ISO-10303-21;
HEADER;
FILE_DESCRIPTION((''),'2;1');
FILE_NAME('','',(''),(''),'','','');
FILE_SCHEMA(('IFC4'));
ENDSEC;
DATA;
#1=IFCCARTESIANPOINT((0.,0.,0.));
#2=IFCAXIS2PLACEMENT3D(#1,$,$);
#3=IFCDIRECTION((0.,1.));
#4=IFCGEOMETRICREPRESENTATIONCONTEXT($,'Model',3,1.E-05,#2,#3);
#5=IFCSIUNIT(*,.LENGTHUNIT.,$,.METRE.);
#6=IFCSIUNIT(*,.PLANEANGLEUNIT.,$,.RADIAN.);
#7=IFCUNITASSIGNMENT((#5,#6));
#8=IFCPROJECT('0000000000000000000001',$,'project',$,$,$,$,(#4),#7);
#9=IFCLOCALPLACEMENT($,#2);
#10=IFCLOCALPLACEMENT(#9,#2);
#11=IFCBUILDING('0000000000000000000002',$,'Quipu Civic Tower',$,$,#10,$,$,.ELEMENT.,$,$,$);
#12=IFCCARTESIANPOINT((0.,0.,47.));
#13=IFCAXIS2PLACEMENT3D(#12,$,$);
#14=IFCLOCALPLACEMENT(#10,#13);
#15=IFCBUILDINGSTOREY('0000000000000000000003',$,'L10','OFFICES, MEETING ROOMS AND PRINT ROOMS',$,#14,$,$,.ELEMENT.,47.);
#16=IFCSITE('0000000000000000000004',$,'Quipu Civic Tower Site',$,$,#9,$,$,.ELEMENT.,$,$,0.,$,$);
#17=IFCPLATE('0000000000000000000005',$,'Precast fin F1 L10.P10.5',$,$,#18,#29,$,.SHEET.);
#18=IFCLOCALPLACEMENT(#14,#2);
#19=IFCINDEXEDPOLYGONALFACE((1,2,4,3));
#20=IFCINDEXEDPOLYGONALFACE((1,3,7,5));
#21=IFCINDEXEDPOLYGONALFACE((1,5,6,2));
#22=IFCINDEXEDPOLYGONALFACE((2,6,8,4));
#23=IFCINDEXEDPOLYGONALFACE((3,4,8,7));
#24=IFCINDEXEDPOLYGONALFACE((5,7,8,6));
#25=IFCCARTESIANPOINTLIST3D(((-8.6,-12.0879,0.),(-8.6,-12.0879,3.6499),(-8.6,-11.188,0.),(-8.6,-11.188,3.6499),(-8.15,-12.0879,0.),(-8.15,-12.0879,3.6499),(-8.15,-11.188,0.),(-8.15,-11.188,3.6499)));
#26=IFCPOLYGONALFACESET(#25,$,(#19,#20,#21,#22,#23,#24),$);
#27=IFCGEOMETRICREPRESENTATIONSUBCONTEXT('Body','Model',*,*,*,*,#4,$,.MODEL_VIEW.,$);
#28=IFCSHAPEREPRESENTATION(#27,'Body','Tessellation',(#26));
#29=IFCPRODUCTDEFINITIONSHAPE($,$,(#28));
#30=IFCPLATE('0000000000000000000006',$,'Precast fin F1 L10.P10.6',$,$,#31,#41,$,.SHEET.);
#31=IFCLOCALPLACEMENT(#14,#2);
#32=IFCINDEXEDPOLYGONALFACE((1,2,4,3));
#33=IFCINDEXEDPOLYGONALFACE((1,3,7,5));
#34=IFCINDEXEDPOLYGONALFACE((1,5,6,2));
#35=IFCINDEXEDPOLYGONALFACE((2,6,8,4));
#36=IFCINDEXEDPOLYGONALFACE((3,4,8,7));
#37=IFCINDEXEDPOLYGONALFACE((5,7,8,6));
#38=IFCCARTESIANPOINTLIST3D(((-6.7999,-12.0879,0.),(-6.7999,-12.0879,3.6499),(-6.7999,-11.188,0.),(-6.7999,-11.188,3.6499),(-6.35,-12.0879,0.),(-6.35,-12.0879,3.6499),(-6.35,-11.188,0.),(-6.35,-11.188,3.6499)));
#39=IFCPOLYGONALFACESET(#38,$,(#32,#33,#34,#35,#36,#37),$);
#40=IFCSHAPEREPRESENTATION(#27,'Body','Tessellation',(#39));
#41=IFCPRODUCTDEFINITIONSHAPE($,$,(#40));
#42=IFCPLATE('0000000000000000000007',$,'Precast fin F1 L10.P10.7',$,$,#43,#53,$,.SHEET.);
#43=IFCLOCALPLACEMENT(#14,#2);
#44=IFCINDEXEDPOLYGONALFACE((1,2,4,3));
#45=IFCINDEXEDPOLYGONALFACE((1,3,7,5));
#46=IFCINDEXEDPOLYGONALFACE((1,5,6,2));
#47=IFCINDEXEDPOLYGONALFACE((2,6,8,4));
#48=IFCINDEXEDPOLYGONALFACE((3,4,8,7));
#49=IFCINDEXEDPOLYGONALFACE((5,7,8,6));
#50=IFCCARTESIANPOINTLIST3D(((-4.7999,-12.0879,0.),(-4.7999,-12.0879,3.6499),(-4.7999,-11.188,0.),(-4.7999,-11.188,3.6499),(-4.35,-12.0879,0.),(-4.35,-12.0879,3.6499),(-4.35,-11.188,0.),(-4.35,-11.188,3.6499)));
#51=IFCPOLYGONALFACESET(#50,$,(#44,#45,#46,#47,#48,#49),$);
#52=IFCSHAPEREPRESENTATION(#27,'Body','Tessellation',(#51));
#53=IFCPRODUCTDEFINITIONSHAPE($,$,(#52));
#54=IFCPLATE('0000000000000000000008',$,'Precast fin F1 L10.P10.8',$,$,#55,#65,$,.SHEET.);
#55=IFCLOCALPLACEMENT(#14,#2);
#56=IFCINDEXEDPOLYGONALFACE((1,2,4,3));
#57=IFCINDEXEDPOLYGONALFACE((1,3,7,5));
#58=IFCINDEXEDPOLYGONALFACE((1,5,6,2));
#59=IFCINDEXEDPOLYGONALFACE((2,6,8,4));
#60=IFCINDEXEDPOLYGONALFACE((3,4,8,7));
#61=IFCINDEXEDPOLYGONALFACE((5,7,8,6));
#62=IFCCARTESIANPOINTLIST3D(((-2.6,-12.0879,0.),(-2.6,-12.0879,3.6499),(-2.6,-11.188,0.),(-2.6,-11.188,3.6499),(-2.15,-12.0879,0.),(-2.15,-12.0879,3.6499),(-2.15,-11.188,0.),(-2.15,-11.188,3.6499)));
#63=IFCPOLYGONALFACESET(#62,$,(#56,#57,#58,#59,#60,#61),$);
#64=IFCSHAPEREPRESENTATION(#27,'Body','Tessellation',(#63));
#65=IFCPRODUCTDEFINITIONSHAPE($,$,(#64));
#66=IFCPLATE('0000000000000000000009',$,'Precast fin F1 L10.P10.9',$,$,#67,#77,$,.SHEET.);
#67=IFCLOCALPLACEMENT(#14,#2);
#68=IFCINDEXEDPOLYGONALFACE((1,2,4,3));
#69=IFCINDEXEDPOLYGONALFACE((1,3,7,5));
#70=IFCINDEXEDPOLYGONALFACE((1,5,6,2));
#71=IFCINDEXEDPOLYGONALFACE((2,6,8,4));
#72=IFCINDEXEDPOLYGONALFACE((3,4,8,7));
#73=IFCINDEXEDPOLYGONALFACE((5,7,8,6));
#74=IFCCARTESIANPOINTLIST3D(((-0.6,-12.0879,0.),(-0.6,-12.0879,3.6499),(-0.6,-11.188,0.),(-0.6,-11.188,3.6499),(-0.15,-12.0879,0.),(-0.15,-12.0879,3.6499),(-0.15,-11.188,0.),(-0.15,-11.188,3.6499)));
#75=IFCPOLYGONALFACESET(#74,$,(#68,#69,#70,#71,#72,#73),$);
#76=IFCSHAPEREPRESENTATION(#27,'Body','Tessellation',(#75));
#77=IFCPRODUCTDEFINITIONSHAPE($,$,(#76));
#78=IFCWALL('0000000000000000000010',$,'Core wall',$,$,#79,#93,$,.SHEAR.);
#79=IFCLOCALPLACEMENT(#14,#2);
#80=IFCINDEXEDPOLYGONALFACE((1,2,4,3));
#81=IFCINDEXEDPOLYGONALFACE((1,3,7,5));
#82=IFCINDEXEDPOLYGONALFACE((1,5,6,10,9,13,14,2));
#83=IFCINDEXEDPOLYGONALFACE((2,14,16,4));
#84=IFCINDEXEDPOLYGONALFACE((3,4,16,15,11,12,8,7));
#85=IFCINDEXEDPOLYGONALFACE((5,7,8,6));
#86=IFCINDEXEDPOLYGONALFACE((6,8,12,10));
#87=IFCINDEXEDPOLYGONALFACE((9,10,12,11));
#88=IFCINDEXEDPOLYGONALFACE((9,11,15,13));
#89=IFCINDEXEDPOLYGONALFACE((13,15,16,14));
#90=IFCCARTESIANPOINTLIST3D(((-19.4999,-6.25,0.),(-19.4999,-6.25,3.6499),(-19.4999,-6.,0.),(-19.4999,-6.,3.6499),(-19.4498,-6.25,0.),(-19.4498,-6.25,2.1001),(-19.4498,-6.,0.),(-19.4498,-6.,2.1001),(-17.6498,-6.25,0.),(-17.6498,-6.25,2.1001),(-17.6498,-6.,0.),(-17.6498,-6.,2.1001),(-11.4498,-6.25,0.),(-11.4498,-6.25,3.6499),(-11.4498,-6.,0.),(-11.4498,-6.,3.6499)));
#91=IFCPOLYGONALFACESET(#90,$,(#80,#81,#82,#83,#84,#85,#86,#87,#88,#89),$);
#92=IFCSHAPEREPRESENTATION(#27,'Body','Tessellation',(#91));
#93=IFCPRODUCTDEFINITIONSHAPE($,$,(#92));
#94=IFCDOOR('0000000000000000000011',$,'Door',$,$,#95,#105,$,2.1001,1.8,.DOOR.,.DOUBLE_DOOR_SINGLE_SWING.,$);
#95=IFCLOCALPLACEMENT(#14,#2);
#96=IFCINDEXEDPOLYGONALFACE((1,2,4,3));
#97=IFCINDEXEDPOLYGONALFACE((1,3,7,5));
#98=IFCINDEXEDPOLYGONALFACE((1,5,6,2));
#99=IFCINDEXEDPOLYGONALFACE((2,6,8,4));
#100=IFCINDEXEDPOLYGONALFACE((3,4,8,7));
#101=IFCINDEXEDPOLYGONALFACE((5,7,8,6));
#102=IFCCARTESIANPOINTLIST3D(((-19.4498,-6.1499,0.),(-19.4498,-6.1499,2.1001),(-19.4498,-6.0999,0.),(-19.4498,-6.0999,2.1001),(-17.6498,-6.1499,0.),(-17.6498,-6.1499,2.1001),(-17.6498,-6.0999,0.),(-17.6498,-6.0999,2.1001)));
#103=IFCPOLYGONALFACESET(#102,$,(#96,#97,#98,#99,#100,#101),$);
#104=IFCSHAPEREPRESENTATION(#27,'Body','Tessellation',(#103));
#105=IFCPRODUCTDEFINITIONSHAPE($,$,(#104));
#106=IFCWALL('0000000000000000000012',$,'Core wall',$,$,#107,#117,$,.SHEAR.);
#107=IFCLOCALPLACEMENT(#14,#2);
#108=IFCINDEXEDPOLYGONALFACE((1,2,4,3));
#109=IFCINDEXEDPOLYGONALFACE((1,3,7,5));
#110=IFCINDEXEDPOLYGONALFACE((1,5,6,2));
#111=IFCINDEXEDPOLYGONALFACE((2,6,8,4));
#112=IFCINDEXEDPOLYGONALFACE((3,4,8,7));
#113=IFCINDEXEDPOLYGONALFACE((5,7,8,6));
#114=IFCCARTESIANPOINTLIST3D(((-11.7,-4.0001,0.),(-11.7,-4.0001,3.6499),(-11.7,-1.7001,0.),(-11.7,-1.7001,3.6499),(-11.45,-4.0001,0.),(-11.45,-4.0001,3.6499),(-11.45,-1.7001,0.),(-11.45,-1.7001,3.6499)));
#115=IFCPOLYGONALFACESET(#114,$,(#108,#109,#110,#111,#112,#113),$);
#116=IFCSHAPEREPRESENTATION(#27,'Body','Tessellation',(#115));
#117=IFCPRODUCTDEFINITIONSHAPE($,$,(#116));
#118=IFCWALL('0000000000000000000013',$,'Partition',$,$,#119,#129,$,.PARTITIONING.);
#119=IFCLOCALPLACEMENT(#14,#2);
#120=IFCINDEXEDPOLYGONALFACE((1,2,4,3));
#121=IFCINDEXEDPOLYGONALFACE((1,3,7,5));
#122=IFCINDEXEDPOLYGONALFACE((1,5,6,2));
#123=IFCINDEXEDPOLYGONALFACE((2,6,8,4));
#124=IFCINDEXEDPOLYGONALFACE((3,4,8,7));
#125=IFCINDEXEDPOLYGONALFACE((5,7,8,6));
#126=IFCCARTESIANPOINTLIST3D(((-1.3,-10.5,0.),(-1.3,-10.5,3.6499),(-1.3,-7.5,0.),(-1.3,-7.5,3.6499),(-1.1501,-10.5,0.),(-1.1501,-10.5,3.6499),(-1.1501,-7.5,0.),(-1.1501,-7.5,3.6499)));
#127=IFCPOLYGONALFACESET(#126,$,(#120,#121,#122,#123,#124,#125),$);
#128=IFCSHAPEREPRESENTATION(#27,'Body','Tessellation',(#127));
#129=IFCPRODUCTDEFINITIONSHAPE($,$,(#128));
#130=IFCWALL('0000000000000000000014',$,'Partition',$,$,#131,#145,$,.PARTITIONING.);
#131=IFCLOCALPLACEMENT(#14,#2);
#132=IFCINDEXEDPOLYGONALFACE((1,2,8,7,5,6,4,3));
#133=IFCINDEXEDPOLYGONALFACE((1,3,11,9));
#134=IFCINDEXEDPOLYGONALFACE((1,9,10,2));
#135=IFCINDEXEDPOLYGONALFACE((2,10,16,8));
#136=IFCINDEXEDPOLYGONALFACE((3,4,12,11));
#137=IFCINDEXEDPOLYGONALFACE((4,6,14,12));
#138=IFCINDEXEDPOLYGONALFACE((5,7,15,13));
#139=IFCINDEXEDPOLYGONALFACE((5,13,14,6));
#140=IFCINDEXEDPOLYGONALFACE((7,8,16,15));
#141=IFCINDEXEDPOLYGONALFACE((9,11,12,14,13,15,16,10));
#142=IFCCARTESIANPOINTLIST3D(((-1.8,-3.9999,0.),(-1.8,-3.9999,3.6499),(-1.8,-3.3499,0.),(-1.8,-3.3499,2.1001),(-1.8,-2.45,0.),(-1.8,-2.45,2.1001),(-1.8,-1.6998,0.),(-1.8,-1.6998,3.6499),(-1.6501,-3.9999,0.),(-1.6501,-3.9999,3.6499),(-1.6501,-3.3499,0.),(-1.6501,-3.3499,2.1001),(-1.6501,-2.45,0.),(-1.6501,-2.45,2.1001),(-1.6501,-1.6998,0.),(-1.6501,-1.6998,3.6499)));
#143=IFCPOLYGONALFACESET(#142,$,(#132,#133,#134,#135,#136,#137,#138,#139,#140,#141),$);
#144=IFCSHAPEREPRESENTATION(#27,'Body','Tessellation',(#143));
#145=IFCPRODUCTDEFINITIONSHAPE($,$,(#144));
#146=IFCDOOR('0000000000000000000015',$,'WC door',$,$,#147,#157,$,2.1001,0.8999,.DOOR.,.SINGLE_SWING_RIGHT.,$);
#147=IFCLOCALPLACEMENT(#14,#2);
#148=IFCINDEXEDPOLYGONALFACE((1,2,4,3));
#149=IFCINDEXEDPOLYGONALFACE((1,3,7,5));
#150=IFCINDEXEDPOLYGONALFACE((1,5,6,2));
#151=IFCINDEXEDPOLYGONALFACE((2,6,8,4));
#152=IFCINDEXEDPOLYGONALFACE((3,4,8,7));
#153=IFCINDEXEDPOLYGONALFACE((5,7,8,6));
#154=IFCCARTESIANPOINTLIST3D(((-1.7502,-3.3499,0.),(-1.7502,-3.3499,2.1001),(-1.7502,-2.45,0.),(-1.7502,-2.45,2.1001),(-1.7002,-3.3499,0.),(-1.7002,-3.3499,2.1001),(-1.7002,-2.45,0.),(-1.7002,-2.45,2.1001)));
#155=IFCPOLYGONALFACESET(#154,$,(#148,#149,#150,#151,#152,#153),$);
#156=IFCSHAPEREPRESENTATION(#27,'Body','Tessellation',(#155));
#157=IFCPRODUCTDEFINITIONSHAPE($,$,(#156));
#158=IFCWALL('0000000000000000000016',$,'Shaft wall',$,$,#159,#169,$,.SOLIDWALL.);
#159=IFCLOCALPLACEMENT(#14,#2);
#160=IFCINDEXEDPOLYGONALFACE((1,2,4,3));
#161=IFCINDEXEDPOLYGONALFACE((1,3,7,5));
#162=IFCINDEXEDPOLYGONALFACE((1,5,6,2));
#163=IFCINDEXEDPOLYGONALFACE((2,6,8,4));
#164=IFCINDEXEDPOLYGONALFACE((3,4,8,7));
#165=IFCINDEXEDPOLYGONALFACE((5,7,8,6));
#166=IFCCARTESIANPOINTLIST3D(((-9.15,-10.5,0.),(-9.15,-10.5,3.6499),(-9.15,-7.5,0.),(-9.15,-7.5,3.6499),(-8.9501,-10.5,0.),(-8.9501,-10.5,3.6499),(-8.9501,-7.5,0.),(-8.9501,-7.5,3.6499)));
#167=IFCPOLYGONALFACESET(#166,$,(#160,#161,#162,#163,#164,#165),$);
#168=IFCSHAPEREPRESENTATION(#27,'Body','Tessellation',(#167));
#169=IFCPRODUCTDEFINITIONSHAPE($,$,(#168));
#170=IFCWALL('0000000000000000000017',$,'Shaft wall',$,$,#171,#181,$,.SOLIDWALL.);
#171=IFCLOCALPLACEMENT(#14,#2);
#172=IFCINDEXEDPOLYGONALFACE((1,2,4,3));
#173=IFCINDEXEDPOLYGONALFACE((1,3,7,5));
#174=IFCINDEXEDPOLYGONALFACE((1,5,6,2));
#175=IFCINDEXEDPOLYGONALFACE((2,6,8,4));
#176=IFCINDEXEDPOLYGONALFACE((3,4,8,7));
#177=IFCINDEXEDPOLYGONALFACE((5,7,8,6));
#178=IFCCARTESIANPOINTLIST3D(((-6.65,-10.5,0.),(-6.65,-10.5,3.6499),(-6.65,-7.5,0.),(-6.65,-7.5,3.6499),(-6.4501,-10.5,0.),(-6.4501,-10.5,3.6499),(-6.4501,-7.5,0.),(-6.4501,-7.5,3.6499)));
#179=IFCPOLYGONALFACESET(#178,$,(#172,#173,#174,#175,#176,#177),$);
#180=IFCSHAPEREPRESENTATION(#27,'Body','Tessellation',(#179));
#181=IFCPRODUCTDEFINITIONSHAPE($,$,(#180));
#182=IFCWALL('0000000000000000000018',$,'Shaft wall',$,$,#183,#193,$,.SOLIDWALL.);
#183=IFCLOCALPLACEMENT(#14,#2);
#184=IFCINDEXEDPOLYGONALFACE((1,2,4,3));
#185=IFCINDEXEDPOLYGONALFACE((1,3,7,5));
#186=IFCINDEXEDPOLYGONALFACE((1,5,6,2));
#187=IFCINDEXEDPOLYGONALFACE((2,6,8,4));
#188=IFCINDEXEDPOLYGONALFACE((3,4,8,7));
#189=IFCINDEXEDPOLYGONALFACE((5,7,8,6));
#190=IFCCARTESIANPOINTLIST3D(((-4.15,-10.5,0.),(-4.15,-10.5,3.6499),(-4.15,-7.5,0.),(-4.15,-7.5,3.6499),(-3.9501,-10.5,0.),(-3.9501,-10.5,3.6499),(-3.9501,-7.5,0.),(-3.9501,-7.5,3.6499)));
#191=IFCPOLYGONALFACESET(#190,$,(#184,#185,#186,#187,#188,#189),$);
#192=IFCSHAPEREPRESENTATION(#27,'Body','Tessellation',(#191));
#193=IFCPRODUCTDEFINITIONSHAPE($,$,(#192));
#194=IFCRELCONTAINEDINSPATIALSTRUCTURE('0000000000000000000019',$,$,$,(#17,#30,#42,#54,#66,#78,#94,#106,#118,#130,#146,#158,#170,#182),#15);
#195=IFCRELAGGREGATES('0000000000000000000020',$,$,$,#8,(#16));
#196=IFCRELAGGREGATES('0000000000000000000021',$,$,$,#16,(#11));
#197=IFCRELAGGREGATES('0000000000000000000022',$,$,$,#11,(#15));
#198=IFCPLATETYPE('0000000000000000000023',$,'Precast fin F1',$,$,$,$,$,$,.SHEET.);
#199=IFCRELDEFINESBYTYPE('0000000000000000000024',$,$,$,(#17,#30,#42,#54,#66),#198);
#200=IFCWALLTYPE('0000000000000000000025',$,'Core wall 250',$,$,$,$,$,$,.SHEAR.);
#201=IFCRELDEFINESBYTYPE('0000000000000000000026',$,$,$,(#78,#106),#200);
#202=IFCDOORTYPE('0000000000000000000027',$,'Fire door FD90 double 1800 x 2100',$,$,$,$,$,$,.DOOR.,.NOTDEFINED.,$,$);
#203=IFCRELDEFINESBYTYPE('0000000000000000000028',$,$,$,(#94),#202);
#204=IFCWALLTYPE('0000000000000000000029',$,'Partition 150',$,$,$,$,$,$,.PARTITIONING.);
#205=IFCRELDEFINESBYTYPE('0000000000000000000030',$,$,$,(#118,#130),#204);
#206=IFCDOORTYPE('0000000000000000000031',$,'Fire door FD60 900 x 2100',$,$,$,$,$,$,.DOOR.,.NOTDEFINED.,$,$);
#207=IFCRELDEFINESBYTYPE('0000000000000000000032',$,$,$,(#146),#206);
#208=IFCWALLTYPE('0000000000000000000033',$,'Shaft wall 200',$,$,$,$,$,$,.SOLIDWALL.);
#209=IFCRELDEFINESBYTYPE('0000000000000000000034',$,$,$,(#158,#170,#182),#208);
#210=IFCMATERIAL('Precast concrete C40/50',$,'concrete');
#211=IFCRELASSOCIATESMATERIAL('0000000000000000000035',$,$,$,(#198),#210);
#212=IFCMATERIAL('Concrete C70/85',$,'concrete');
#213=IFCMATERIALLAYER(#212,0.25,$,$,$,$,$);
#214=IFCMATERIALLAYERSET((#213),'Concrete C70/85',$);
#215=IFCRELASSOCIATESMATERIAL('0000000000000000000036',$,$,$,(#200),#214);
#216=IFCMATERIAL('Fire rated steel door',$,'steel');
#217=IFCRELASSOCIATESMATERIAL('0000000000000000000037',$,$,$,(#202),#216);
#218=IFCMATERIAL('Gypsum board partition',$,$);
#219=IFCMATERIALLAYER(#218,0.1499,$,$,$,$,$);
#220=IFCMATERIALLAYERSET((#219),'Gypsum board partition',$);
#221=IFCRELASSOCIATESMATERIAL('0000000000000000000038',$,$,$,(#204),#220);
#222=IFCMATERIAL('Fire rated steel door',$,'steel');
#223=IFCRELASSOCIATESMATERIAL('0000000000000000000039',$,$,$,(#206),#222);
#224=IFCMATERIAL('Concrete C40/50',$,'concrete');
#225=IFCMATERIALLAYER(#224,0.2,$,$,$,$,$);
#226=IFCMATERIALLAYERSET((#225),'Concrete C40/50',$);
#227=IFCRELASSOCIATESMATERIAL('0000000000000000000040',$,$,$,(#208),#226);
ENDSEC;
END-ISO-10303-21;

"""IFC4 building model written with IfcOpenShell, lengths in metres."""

from ifc_helpers import new_model, si_unit, direction, frame, frame_2d, origin, origin_2d, place, context, subcontext, project, spatial, rectangle, extrude, material, layer, layer_set, type_object, element, fill, save


model = new_model("IFC4")

# Units and contexts
model_context = context("Model", 3, precision=1e-05, world=origin(), true_north=direction((0.0, 1.0)))
body_context = subcontext(model_context, "Body", "Model", "MODEL_VIEW")
ifc_project = project(units=[si_unit("LENGTHUNIT", "METRE"), si_unit("PLANEANGLEUNIT", "RADIAN")], contexts=[model_context])

# Site, building, storey
site_placement = place(None, origin())
site = spatial("IfcSite", under=ifc_project, at=site_placement, Name="Quipu Civic Tower Site", CompositionType="ELEMENT", RefElevation=0.0)
building_placement = place(site_placement, origin())
building = spatial("IfcBuilding", under=site, at=building_placement, Name="Quipu Civic Tower", CompositionType="ELEMENT")
storey_placement = place(building_placement, frame((0.0, 0.0, 47.0)))
storey = spatial("IfcBuildingStorey", under=building, at=storey_placement, Name="L10", Description="OFFICES, MEETING ROOMS AND PRINT ROOMS", CompositionType="ELEMENT", Elevation=47.0)

# Plates
ifc_material_1 = material(Name="Precast concrete C40/50", Category="concrete")
plate_type = type_object("IfcPlateType", Name="Precast fin F1", PredefinedType="SHEET", material=ifc_material_1)
for number, where, z_axis, x_axis, name in (
    (1, (-8.375, -11.6379, 0.0), (0.0, 0.0, 1.0), (1.0, 0.0, 0.0), "Precast fin F1 L10.P10.5"),
    (2, (-6.575, -11.6379, 0.0), (0.0, 0.0, 1.0), (1.0, 0.0, 0.0), "Precast fin F1 L10.P10.6"),
    (3, (-4.575, -11.6379, 0.0), (0.0, 0.0, 1.0), (1.0, 0.0, 0.0), "Precast fin F1 L10.P10.7"),
    (4, (-2.375, -11.6379, 0.0), (0.0, 0.0, 1.0), (1.0, 0.0, 0.0), "Precast fin F1 L10.P10.8"),
    (5, (-0.375, -11.6379, 0.0), (0.0, 0.0, 1.0), (1.0, 0.0, 0.0), "Precast fin F1 L10.P10.9"),
):
    element("IfcPlate", number, at=place(storey_placement, frame(where, z_axis=z_axis, x_axis=x_axis)), inside=storey, type_object=plate_type, Name=name, PredefinedType="SHEET", context=body_context, shape_type="SweptSolid", body=[
        extrude(rectangle(XDim=0.45, YDim=0.8999, at=origin_2d()), origin(), (0.0, 0.0, 1.0), 3.6499),
    ])

# Wall, opening, door
ifc_material_2 = material(Name="Concrete C70/85", Category="concrete")
ifc_layer_1 = layer(ifc_material_2, 0.25)
ifc_layer_set_1 = layer_set([ifc_layer_1], Name="Concrete C70/85")
wall_type_1 = type_object("IfcWallType", Name="Core wall 250", PredefinedType="SHEAR", material=ifc_layer_set_1)
wall_1_placement = place(storey_placement, frame((-11.45, -6.125, 0.0), z_axis=(0.0, 0.0, 1.0), x_axis=(-1.0, 0.0, 0.0)))
wall_1 = element("IfcWall", 6, at=wall_1_placement, inside=storey, type_object=wall_type_1, Name="Core wall", PredefinedType="SHEAR", context=body_context, shape_type="SweptSolid", body=[
    extrude(rectangle(XDim=8.05, YDim=0.25, at=frame_2d((4.0249, 0.0))), origin(), (0.0, 0.0, 1.0), 3.6499),
])
opening_1_placement = place(wall_1_placement, frame((6.2, 0.0, 0.0)))
opening_1 = element("IfcOpeningElement", 7, at=opening_1_placement, cuts=wall_1, PredefinedType="OPENING", context=body_context, shape_type="SweptSolid", body=[
    extrude(rectangle(XDim=1.8, YDim=2.1001, at=frame_2d((0.8999, 1.05))), frame((0.0, 0.135, 0.0), z_axis=(0.0, -1.0, 0.0), x_axis=(1.0, 0.0, 0.0)), (0.0, 0.0, 1.0), 0.27),
])
ifc_material_3 = material(Name="Fire rated steel door", Category="steel")
door_type_1 = type_object("IfcDoorType", Name="Fire door FD90 double 1800 x 2100", OperationType="NOTDEFINED", PredefinedType="DOOR", material=ifc_material_3)
door_1_placement = place(opening_1_placement, origin())
door_1 = element("IfcDoor", 8, at=door_1_placement, inside=storey, type_object=door_type_1, Name="Door", OperationType="DOUBLE_DOOR_SINGLE_SWING", OverallHeight=2.1001, OverallWidth=1.8, PredefinedType="DOOR", context=body_context, shape_type="SweptSolid", body=[
    extrude(rectangle(XDim=1.8, YDim=2.1001, at=frame_2d((0.8999, 1.05))), frame((0.0, 0.0249, 0.0), z_axis=(0.0, -1.0, 0.0), x_axis=(1.0, 0.0, 0.0)), (0.0, 0.0, 1.0), 0.05),
])
fill(opening_1, door_1)

# Walls
wall_2_placement = place(storey_placement, frame((-11.575, -4.0, 0.0), z_axis=(0.0, 0.0, 1.0), x_axis=(0.0, 1.0, 0.0)))
element("IfcWall", 9, at=wall_2_placement, inside=storey, type_object=wall_type_1, Name="Core wall", PredefinedType="SHEAR", context=body_context, shape_type="SweptSolid", body=[
    extrude(rectangle(XDim=2.3, YDim=0.25, at=frame_2d((1.1499, 0.0))), origin(), (0.0, 0.0, 1.0), 3.6499),
])
ifc_material_4 = material(Name="Gypsum board partition")
ifc_layer_2 = layer(ifc_material_4, 0.1499)
ifc_layer_set_2 = layer_set([ifc_layer_2], Name="Gypsum board partition")
wall_type_2 = type_object("IfcWallType", Name="Partition 150", PredefinedType="PARTITIONING", material=ifc_layer_set_2)
wall_3_placement = place(storey_placement, frame((-1.2251, -10.5, 0.0), z_axis=(0.0, 0.0, 1.0), x_axis=(0.0, 1.0, 0.0)))
element("IfcWall", 10, at=wall_3_placement, inside=storey, type_object=wall_type_2, Name="Partition", PredefinedType="PARTITIONING", context=body_context, shape_type="SweptSolid", body=[
    extrude(rectangle(XDim=3.0, YDim=0.1499, at=frame_2d((1.5, 0.0))), origin(), (0.0, 0.0, 1.0), 3.6499),
])

# Wall, opening, door
wall_4_placement = place(storey_placement, frame((-1.7251, -1.7, 0.0), z_axis=(0.0, 0.0, 1.0), x_axis=(0.0, -1.0, 0.0)))
wall_4 = element("IfcWall", 11, at=wall_4_placement, inside=storey, type_object=wall_type_2, Name="Partition", PredefinedType="PARTITIONING", context=body_context, shape_type="SweptSolid", body=[
    extrude(rectangle(XDim=2.3, YDim=0.1499, at=frame_2d((1.1499, 0.0))), origin(), (0.0, 0.0, 1.0), 3.6499),
])
opening_2_placement = place(wall_4_placement, frame((0.75, 0.0, 0.0)))
opening_2 = element("IfcOpeningElement", 12, at=opening_2_placement, cuts=wall_4, PredefinedType="OPENING", context=body_context, shape_type="SweptSolid", body=[
    extrude(rectangle(XDim=0.8999, YDim=2.1001, at=frame_2d((0.45, 1.05))), frame((0.0, 0.085, 0.0), z_axis=(0.0, -1.0, 0.0), x_axis=(1.0, 0.0, 0.0)), (0.0, 0.0, 1.0), 0.1699),
])
ifc_material_5 = material(Name="Fire rated steel door", Category="steel")
door_type_2 = type_object("IfcDoorType", Name="Fire door FD60 900 x 2100", OperationType="NOTDEFINED", PredefinedType="DOOR", material=ifc_material_5)
door_2_placement = place(opening_2_placement, origin())
door_2 = element("IfcDoor", 13, at=door_2_placement, inside=storey, type_object=door_type_2, Name="WC door", OperationType="SINGLE_SWING_RIGHT", OverallHeight=2.1001, OverallWidth=0.8999, PredefinedType="DOOR", context=body_context, shape_type="SweptSolid", body=[
    extrude(rectangle(XDim=0.8999, YDim=2.1001, at=frame_2d((0.45, 1.05))), frame((0.0, 0.0249, 0.0), z_axis=(0.0, -1.0, 0.0), x_axis=(1.0, 0.0, 0.0)), (0.0, 0.0, 1.0), 0.05),
])
fill(opening_2, door_2)

# Walls
ifc_material_6 = material(Name="Concrete C40/50", Category="concrete")
ifc_layer_3 = layer(ifc_material_6, 0.2)
ifc_layer_set_3 = layer_set([ifc_layer_3], Name="Concrete C40/50")
wall_type_3 = type_object("IfcWallType", Name="Shaft wall 200", PredefinedType="SOLIDWALL", material=ifc_layer_set_3)
for number, where, z_axis, x_axis, name in (
    (14, (-9.05, -10.5, 0.0), (0.0, 0.0, 1.0), (0.0, 1.0, 0.0), "Shaft wall"),
    (15, (-6.55, -10.5, 0.0), (0.0, 0.0, 1.0), (0.0, 1.0, 0.0), "Shaft wall"),
    (16, (-4.05, -10.5, 0.0), (0.0, 0.0, 1.0), (0.0, 1.0, 0.0), "Shaft wall"),
):
    element("IfcWall", number, at=place(storey_placement, frame(where, z_axis=z_axis, x_axis=x_axis)), inside=storey, type_object=wall_type_3, Name=name, PredefinedType="SOLIDWALL", context=body_context, shape_type="SweptSolid", body=[
        extrude(rectangle(XDim=3.0, YDim=0.2, at=frame_2d((1.5, 0.0))), origin(), (0.0, 0.0, 1.0), 3.6499),
    ])

save(model, "model.ifc")
